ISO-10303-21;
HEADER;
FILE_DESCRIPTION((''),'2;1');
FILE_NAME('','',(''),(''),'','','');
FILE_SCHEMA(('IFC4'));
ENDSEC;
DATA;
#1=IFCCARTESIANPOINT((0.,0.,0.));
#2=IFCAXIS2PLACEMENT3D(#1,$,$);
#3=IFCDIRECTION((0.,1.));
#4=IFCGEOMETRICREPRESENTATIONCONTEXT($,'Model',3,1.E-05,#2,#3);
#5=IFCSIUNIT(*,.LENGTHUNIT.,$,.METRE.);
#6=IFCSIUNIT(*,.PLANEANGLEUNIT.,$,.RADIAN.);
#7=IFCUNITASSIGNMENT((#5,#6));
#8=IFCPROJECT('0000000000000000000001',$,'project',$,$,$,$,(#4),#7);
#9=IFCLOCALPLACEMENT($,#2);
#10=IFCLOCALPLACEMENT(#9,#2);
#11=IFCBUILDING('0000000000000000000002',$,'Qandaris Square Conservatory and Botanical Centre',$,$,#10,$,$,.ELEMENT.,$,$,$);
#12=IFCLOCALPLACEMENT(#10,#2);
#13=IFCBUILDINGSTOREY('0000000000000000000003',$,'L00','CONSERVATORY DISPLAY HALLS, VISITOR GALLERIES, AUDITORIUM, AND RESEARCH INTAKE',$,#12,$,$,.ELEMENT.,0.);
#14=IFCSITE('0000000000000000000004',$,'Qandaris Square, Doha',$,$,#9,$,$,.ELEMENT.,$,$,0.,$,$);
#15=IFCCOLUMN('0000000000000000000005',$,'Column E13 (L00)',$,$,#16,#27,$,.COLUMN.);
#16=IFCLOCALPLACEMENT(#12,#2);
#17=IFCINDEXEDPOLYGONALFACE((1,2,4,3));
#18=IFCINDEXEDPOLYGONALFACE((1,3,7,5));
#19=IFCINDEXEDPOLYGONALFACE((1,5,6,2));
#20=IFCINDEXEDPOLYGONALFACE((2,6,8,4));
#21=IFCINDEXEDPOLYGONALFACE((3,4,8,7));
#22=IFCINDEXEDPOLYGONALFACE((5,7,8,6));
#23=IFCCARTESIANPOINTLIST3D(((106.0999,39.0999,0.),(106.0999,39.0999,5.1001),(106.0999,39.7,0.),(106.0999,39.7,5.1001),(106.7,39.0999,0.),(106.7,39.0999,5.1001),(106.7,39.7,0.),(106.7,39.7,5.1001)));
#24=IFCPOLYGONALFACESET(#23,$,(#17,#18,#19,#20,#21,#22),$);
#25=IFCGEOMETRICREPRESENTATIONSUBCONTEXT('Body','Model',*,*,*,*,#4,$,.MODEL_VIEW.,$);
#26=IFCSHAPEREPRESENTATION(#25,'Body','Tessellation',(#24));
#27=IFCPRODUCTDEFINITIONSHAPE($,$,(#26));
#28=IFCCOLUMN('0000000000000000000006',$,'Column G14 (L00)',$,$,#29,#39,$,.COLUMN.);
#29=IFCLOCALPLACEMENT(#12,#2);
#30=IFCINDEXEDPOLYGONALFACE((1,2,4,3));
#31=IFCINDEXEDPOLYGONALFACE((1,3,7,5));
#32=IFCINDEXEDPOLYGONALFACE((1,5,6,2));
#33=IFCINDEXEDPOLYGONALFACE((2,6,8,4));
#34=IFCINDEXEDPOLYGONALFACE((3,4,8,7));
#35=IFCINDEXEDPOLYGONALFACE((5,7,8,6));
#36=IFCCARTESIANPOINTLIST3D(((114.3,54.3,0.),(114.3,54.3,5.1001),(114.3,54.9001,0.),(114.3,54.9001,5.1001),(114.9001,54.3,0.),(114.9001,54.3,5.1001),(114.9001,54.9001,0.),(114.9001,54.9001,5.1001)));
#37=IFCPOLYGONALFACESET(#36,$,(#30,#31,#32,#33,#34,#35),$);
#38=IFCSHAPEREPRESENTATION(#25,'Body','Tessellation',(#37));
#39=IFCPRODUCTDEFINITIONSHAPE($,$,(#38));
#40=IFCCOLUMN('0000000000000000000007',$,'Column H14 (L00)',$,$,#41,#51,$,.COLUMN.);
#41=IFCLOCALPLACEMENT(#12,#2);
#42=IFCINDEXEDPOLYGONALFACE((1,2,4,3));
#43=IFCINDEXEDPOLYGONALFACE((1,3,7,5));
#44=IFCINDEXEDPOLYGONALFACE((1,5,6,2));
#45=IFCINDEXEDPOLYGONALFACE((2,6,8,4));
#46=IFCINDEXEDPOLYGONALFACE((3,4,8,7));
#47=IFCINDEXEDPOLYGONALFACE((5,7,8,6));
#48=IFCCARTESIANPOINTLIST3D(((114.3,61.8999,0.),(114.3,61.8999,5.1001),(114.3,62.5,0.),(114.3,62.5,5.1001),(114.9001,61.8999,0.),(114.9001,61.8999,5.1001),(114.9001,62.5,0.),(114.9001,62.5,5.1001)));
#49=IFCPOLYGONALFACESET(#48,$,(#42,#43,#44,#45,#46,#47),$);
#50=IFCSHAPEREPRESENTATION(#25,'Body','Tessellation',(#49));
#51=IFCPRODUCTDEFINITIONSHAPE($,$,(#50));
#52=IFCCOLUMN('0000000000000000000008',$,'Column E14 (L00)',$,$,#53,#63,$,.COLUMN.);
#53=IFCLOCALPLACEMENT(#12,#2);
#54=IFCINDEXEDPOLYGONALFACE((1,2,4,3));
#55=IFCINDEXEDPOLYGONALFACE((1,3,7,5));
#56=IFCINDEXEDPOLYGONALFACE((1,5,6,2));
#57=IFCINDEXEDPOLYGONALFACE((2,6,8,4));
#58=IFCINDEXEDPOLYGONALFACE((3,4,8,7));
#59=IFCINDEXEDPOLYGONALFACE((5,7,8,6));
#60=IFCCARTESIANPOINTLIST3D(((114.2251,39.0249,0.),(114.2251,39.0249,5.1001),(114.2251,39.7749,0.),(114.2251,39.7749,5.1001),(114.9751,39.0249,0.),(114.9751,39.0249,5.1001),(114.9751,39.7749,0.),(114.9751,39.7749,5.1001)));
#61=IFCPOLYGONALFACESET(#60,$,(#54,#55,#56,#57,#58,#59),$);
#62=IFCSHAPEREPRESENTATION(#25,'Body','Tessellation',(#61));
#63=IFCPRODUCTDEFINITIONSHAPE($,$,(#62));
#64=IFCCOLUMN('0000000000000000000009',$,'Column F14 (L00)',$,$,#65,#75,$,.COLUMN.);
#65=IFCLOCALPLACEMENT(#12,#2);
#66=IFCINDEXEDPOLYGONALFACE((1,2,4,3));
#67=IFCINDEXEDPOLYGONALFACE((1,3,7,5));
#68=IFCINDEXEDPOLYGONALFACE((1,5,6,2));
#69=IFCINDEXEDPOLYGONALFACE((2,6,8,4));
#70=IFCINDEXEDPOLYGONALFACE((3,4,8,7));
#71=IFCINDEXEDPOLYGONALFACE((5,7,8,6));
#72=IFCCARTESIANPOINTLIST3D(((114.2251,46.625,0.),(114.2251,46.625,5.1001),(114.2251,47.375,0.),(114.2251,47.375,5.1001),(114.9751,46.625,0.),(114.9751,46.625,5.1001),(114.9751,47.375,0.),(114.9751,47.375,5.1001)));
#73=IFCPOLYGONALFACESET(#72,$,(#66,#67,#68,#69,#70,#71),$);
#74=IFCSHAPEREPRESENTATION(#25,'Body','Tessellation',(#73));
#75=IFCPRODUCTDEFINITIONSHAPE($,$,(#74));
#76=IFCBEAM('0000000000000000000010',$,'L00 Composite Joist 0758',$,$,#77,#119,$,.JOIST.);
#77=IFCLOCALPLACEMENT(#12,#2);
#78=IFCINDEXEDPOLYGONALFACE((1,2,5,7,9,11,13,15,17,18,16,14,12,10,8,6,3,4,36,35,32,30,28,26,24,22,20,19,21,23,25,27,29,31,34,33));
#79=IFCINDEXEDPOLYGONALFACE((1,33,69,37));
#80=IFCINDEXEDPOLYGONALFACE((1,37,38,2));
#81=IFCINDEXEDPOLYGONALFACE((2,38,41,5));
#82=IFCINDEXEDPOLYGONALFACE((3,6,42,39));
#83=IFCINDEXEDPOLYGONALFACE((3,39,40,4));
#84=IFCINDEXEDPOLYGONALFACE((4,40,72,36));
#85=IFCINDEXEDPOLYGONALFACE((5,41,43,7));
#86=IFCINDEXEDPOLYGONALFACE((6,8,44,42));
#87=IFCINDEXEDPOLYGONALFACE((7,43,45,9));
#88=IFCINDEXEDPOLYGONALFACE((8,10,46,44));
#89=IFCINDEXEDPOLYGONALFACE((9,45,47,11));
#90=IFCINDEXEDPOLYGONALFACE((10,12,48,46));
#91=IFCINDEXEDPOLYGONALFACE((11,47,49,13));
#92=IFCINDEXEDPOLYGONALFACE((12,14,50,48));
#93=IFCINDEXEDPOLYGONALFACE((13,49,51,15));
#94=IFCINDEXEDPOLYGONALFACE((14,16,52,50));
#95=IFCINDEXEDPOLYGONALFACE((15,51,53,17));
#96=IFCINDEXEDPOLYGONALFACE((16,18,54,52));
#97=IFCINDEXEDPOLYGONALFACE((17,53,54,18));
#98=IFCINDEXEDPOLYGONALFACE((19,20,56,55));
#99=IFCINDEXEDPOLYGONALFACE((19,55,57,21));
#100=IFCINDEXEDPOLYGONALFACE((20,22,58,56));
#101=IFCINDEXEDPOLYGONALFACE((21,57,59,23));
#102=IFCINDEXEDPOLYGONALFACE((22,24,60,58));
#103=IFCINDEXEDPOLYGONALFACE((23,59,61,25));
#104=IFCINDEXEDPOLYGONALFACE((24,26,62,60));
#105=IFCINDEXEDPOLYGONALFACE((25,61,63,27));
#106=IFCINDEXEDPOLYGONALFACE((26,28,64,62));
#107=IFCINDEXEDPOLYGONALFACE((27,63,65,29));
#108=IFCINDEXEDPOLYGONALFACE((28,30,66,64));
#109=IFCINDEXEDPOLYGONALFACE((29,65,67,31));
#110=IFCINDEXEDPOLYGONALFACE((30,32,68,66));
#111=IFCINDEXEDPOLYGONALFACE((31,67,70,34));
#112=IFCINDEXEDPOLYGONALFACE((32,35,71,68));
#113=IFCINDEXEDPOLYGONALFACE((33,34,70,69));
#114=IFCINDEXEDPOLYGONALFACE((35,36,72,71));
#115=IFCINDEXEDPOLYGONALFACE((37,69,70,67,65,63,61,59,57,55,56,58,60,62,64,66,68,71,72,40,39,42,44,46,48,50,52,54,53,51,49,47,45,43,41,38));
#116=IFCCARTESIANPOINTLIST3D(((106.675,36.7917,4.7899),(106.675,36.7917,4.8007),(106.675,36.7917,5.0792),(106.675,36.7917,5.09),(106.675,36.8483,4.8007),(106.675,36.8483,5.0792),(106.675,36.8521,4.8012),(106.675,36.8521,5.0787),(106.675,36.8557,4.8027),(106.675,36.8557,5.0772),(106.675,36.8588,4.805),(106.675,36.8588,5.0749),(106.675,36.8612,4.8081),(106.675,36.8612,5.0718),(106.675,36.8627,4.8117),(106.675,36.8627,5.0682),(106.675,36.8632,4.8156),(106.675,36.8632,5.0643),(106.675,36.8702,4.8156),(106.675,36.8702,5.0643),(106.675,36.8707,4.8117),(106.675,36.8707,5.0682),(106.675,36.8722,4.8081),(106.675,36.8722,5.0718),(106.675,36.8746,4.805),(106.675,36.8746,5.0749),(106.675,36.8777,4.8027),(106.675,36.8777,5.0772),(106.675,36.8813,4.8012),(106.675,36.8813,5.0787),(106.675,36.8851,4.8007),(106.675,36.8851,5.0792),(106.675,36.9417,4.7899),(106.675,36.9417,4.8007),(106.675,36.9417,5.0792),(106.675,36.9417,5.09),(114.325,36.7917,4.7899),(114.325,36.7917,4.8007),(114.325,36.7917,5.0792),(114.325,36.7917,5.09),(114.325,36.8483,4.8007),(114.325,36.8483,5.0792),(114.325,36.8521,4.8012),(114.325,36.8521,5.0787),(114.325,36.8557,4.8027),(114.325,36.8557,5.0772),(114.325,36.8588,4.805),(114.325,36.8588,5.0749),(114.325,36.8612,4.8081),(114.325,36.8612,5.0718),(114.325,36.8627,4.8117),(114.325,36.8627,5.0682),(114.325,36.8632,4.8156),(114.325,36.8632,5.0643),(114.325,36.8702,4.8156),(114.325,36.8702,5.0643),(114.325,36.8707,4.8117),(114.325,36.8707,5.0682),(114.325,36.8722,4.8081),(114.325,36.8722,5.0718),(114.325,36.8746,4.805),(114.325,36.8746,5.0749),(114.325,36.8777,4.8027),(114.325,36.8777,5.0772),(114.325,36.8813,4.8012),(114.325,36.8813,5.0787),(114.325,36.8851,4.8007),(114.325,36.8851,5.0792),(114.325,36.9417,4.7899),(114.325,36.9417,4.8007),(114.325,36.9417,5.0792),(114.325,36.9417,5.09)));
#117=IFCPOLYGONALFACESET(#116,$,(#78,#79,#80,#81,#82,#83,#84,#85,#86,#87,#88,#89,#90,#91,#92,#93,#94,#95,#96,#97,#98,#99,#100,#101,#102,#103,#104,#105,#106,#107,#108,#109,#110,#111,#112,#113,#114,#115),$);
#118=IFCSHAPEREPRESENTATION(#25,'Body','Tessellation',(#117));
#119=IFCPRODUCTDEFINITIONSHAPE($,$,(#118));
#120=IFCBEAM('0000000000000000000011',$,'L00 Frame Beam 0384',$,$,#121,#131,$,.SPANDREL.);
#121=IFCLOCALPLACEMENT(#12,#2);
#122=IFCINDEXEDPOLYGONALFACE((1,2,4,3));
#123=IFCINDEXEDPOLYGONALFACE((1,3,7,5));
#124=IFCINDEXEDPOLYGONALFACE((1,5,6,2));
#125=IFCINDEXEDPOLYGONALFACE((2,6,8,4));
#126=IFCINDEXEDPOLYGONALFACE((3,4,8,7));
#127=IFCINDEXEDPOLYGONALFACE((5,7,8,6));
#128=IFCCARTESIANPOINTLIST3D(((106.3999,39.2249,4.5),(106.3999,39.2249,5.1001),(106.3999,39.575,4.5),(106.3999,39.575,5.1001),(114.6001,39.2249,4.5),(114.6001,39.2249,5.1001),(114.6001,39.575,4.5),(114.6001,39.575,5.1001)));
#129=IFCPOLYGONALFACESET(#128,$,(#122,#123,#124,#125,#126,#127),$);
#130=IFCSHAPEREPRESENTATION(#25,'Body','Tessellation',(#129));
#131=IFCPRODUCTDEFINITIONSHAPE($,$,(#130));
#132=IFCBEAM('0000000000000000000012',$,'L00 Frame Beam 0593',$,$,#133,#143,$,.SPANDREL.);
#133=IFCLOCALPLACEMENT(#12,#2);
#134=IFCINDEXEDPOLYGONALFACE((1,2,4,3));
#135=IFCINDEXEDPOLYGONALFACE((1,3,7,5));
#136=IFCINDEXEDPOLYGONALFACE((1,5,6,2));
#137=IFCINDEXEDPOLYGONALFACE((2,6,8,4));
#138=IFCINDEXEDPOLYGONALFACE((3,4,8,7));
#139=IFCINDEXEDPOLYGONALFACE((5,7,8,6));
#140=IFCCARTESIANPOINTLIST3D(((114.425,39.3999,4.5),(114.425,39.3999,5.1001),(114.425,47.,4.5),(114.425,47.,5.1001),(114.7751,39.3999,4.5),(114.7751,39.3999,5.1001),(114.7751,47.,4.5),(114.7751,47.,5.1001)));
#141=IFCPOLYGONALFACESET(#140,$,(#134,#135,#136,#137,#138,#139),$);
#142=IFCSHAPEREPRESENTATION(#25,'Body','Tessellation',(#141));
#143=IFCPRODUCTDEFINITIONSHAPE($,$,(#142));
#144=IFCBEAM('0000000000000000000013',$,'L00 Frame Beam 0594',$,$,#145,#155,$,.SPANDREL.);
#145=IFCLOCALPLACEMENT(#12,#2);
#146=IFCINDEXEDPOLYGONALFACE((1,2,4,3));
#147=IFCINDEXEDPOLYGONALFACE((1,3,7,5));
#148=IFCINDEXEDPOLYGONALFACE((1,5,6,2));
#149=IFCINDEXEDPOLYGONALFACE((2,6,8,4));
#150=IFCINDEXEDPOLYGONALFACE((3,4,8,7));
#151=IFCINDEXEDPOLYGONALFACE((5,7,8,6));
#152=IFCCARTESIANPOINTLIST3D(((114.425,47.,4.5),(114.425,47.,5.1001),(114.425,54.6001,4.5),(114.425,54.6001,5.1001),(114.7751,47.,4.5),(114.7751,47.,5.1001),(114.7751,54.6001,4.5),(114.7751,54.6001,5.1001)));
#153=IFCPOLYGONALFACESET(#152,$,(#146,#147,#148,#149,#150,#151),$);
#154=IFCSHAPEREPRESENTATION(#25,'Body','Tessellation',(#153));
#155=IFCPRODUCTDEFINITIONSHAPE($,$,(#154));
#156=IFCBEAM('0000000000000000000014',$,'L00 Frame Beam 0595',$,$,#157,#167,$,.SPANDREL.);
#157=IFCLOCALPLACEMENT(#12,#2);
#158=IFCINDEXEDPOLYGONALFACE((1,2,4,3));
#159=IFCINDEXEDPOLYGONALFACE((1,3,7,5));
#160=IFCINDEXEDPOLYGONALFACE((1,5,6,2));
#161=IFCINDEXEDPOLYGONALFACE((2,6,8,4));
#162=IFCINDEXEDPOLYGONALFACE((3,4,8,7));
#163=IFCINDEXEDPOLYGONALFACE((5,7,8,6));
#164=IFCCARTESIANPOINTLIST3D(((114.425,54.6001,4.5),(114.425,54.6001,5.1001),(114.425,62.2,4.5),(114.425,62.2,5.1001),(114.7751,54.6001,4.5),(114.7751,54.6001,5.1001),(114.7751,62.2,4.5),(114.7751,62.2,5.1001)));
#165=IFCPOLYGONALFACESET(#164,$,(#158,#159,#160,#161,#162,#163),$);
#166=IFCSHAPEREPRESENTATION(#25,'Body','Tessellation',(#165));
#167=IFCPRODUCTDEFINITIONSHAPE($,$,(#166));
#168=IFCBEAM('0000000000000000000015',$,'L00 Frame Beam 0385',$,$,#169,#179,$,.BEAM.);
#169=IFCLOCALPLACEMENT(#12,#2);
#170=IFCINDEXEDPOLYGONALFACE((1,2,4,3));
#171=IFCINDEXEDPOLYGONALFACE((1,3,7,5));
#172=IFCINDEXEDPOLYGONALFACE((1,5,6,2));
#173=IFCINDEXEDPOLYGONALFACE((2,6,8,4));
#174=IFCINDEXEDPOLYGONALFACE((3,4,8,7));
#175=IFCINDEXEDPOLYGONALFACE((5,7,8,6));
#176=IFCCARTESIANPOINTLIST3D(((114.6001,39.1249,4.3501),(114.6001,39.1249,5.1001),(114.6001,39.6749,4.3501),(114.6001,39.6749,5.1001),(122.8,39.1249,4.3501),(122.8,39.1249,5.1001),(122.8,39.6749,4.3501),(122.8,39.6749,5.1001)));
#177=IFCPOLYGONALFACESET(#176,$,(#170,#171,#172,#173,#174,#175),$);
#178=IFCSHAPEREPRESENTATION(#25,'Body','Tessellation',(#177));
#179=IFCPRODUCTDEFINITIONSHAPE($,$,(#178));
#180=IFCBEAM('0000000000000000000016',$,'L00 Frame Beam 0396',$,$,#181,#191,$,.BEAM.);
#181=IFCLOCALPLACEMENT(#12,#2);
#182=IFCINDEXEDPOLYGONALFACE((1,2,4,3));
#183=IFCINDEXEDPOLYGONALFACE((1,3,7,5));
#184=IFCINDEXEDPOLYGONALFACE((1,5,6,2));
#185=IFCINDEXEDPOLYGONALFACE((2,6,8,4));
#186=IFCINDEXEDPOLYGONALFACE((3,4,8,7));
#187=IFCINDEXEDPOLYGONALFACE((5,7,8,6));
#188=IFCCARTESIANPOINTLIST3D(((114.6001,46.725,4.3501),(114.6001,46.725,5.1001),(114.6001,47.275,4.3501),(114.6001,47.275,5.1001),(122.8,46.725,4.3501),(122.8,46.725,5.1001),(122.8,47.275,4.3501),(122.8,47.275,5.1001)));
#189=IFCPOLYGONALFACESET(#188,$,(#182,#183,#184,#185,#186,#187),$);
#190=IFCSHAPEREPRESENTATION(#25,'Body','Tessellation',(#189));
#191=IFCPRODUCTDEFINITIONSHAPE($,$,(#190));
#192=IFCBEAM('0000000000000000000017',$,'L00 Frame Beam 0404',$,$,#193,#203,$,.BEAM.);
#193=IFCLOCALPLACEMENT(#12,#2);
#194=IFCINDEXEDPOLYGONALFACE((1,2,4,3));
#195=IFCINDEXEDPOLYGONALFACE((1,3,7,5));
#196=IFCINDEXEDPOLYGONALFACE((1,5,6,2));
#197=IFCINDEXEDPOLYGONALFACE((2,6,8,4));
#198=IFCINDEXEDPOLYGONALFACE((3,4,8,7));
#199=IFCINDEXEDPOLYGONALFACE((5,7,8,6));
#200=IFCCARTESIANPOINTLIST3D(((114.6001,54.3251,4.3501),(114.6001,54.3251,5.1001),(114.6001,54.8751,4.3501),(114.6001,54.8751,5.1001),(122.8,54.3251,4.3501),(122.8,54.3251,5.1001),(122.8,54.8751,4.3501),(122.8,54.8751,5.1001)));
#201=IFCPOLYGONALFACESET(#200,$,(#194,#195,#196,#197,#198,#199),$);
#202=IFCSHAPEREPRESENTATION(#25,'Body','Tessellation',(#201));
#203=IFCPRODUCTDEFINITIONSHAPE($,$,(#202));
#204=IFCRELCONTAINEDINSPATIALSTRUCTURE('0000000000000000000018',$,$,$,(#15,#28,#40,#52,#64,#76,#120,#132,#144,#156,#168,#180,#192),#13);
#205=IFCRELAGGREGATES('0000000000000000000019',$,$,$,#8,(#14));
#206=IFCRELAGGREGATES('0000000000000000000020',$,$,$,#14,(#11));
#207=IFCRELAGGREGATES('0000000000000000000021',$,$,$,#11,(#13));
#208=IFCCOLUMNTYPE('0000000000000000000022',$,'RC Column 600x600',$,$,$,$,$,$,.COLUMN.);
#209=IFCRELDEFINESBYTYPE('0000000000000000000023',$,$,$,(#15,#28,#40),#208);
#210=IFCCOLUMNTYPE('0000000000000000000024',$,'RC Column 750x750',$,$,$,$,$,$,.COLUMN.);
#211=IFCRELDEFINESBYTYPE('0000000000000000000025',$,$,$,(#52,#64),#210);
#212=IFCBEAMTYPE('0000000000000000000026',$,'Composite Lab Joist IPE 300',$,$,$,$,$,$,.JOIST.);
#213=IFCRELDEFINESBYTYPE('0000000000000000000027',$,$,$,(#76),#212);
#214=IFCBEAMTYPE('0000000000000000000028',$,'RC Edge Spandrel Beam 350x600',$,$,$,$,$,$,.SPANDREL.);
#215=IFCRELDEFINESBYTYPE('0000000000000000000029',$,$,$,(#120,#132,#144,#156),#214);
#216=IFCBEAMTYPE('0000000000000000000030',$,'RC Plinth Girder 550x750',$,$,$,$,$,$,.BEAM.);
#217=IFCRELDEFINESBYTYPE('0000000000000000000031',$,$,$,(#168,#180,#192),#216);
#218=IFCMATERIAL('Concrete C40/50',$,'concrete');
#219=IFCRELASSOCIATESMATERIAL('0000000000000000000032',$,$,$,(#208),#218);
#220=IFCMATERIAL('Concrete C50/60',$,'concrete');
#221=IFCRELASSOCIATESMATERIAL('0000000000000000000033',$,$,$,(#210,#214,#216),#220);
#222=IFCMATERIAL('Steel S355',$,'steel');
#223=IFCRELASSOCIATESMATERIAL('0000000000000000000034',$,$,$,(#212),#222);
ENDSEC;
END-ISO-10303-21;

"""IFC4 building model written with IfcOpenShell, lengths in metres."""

from ifc_helpers import new_model, si_unit, direction, frame, origin, origin_2d, place, context, subcontext, project, spatial, rectangle, i_section, extrude, material, material_profile, profile_set, type_object, element, save


model = new_model("IFC4")

# Units and contexts
model_context = context("Model", 3, precision=1e-05, world=origin(), true_north=direction((0.0, 1.0)))
body_context = subcontext(model_context, "Body", "Model", "MODEL_VIEW")
ifc_project = project(units=[si_unit("LENGTHUNIT", "METRE"), si_unit("PLANEANGLEUNIT", "RADIAN")], contexts=[model_context])

# Site, building, storey
site_placement = place(None, origin())
site = spatial("IfcSite", under=ifc_project, at=site_placement, Name="Qandaris Square, Doha", CompositionType="ELEMENT", RefElevation=0.0)
building_placement = place(site_placement, origin())
building = spatial("IfcBuilding", under=site, at=building_placement, Name="Qandaris Square Conservatory and Botanical Centre", CompositionType="ELEMENT")
storey_placement = place(building_placement, origin())
storey = spatial("IfcBuildingStorey", under=building, at=storey_placement, Name="L00", Description="CONSERVATORY DISPLAY HALLS, VISITOR GALLERIES, AUDITORIUM, AND RESEARCH INTAKE", CompositionType="ELEMENT", Elevation=0.0)

# Columns
ifc_material_1 = material(Name="Concrete C40/50", Category="concrete")
ifc_material_profile_1 = material_profile(ifc_material_1, rectangle(XDim=0.6001, YDim=0.6001, at=origin_2d()), Name="RC-COL 600x600")
ifc_profile_set_1 = profile_set([ifc_material_profile_1], Name="Concrete C40/50")
column_type_1 = type_object("IfcColumnType", Name="RC Column 600x600", PredefinedType="COLUMN", material=ifc_profile_set_1)
for number, where, z_axis, x_axis, name in (
    (1, (106.3999, 39.3999, 0.0), (0.0, 0.0, 1.0), (1.0, 0.0, 0.0), "Column E13 (L00)"),
    (2, (114.6001, 54.6001, 0.0), (0.0, 0.0, 1.0), (1.0, 0.0, 0.0), "Column G14 (L00)"),
    (3, (114.6001, 62.2, 0.0), (0.0, 0.0, 1.0), (1.0, 0.0, 0.0), "Column H14 (L00)"),
):
    element("IfcColumn", number, at=place(storey_placement, frame(where, z_axis=z_axis, x_axis=x_axis)), inside=storey, type_object=column_type_1, Name=name, PredefinedType="COLUMN", context=body_context, shape_type="SweptSolid", body=[
        extrude(rectangle(XDim=0.6001, YDim=0.6001, at=origin_2d()), origin(), (0.0, 0.0, 1.0), 5.1001),
    ])
ifc_material_2 = material(Name="Concrete C50/60", Category="concrete")
ifc_material_profile_2 = material_profile(ifc_material_2, rectangle(XDim=0.75, YDim=0.75, at=origin_2d()), Name="RC-COL 750x750")
ifc_profile_set_2 = profile_set([ifc_material_profile_2], Name="Concrete C50/60")
column_type_2 = type_object("IfcColumnType", Name="RC Column 750x750", PredefinedType="COLUMN", material=ifc_profile_set_2)
for number, where, z_axis, x_axis, name in (
    (4, (114.6001, 39.3999, 0.0), (0.0, 0.0, 1.0), (1.0, 0.0, 0.0), "Column E14 (L00)"),
    (5, (114.6001, 47.0, 0.0), (0.0, 0.0, 1.0), (1.0, 0.0, 0.0), "Column F14 (L00)"),
):
    element("IfcColumn", number, at=place(storey_placement, frame(where, z_axis=z_axis, x_axis=x_axis)), inside=storey, type_object=column_type_2, Name=name, PredefinedType="COLUMN", context=body_context, shape_type="SweptSolid", body=[
        extrude(rectangle(XDim=0.75, YDim=0.75, at=origin_2d()), origin(), (0.0, 0.0, 1.0), 5.1001),
    ])

# Beams
ifc_material_3 = material(Name="Steel S355", Category="steel")
ifc_material_profile_3 = material_profile(ifc_material_3, i_section(OverallWidth=0.1499, OverallDepth=0.3, WebThickness=0.0071, FlangeThickness=0.0107, FilletRadius=0.0149, at=origin_2d()), Name="IPE 300")
ifc_profile_set_3 = profile_set([ifc_material_profile_3], Name="Steel S355")
beam_type_1 = type_object("IfcBeamType", Name="Composite Lab Joist IPE 300", PredefinedType="JOIST", material=ifc_profile_set_3)
beam_1_placement = place(storey_placement, frame((106.675, 36.8667, 4.9399), z_axis=(1.0, 0.0, 0.0), x_axis=(0.0, 1.0, 0.0)))
element("IfcBeam", 6, at=beam_1_placement, inside=storey, type_object=beam_type_1, Name="L00 Composite Joist 0758", PredefinedType="JOIST", context=body_context, shape_type="SweptSolid", body=[
    extrude(i_section(OverallWidth=0.1499, OverallDepth=0.3, WebThickness=0.0071, FlangeThickness=0.0107, FilletRadius=0.0149, at=origin_2d()), origin(), (0.0, 0.0, 1.0), 7.6499),
])
ifc_material_profile_4 = material_profile(ifc_material_2, rectangle(XDim=0.3501, YDim=0.6001, at=origin_2d()), Name="RC-SP 350x600")
ifc_profile_set_4 = profile_set([ifc_material_profile_4], Name="Concrete C50/60")
beam_type_2 = type_object("IfcBeamType", Name="RC Edge Spandrel Beam 350x600", PredefinedType="SPANDREL", material=ifc_profile_set_4)
beam_2_placement = place(storey_placement, frame((106.3999, 39.3999, 4.8), z_axis=(1.0, 0.0, 0.0), x_axis=(0.0, 1.0, 0.0)))
element("IfcBeam", 7, at=beam_2_placement, inside=storey, type_object=beam_type_2, Name="L00 Frame Beam 0384", PredefinedType="SPANDREL", context=body_context, shape_type="SweptSolid", body=[
    extrude(rectangle(XDim=0.3501, YDim=0.6001, at=origin_2d()), origin(), (0.0, 0.0, 1.0), 8.2002),
])
for number, where, z_axis, x_axis, name in (
    (8, (114.6001, 39.3999, 4.8), (0.0, 1.0, 0.0), (-1.0, 0.0, 0.0), "L00 Frame Beam 0593"),
    (9, (114.6001, 47.0, 4.8), (0.0, 1.0, 0.0), (-1.0, 0.0, 0.0), "L00 Frame Beam 0594"),
):
    element("IfcBeam", number, at=place(storey_placement, frame(where, z_axis=z_axis, x_axis=x_axis)), inside=storey, type_object=beam_type_2, Name=name, PredefinedType="SPANDREL", context=body_context, shape_type="SweptSolid", body=[
        extrude(rectangle(XDim=0.3501, YDim=0.6001, at=origin_2d()), origin(), (0.0, 0.0, 1.0), 7.6001),
    ])
beam_3_placement = place(storey_placement, frame((114.6001, 54.6001, 4.8), z_axis=(0.0, 1.0, 0.0), x_axis=(-1.0, 0.0, 0.0)))
element("IfcBeam", 10, at=beam_3_placement, inside=storey, type_object=beam_type_2, Name="L00 Frame Beam 0595", PredefinedType="SPANDREL", context=body_context, shape_type="SweptSolid", body=[
    extrude(rectangle(XDim=0.3501, YDim=0.6001, at=origin_2d()), origin(), (0.0, 0.0, 1.0), 7.5999),
])
ifc_material_profile_5 = material_profile(ifc_material_2, rectangle(XDim=0.55, YDim=0.75, at=origin_2d()), Name="RC-BM 550x750")
ifc_profile_set_5 = profile_set([ifc_material_profile_5], Name="Concrete C50/60")
beam_type_3 = type_object("IfcBeamType", Name="RC Plinth Girder 550x750", PredefinedType="BEAM", material=ifc_profile_set_5)
for number, where, z_axis, x_axis, name in (
    (11, (114.6001, 39.3999, 4.7251), (1.0, 0.0, 0.0), (0.0, 1.0, 0.0), "L00 Frame Beam 0385"),
    (12, (114.6001, 47.0, 4.7251), (1.0, 0.0, 0.0), (0.0, 1.0, 0.0), "L00 Frame Beam 0396"),
    (13, (114.6001, 54.6001, 4.7251), (1.0, 0.0, 0.0), (0.0, 1.0, 0.0), "L00 Frame Beam 0404"),
):
    element("IfcBeam", number, at=place(storey_placement, frame(where, z_axis=z_axis, x_axis=x_axis)), inside=storey, type_object=beam_type_3, Name=name, PredefinedType="BEAM", context=body_context, shape_type="SweptSolid", body=[
        extrude(rectangle(XDim=0.55, YDim=0.75, at=origin_2d()), origin(), (0.0, 0.0, 1.0), 8.2),
    ])

save(model, "model.ifc")
